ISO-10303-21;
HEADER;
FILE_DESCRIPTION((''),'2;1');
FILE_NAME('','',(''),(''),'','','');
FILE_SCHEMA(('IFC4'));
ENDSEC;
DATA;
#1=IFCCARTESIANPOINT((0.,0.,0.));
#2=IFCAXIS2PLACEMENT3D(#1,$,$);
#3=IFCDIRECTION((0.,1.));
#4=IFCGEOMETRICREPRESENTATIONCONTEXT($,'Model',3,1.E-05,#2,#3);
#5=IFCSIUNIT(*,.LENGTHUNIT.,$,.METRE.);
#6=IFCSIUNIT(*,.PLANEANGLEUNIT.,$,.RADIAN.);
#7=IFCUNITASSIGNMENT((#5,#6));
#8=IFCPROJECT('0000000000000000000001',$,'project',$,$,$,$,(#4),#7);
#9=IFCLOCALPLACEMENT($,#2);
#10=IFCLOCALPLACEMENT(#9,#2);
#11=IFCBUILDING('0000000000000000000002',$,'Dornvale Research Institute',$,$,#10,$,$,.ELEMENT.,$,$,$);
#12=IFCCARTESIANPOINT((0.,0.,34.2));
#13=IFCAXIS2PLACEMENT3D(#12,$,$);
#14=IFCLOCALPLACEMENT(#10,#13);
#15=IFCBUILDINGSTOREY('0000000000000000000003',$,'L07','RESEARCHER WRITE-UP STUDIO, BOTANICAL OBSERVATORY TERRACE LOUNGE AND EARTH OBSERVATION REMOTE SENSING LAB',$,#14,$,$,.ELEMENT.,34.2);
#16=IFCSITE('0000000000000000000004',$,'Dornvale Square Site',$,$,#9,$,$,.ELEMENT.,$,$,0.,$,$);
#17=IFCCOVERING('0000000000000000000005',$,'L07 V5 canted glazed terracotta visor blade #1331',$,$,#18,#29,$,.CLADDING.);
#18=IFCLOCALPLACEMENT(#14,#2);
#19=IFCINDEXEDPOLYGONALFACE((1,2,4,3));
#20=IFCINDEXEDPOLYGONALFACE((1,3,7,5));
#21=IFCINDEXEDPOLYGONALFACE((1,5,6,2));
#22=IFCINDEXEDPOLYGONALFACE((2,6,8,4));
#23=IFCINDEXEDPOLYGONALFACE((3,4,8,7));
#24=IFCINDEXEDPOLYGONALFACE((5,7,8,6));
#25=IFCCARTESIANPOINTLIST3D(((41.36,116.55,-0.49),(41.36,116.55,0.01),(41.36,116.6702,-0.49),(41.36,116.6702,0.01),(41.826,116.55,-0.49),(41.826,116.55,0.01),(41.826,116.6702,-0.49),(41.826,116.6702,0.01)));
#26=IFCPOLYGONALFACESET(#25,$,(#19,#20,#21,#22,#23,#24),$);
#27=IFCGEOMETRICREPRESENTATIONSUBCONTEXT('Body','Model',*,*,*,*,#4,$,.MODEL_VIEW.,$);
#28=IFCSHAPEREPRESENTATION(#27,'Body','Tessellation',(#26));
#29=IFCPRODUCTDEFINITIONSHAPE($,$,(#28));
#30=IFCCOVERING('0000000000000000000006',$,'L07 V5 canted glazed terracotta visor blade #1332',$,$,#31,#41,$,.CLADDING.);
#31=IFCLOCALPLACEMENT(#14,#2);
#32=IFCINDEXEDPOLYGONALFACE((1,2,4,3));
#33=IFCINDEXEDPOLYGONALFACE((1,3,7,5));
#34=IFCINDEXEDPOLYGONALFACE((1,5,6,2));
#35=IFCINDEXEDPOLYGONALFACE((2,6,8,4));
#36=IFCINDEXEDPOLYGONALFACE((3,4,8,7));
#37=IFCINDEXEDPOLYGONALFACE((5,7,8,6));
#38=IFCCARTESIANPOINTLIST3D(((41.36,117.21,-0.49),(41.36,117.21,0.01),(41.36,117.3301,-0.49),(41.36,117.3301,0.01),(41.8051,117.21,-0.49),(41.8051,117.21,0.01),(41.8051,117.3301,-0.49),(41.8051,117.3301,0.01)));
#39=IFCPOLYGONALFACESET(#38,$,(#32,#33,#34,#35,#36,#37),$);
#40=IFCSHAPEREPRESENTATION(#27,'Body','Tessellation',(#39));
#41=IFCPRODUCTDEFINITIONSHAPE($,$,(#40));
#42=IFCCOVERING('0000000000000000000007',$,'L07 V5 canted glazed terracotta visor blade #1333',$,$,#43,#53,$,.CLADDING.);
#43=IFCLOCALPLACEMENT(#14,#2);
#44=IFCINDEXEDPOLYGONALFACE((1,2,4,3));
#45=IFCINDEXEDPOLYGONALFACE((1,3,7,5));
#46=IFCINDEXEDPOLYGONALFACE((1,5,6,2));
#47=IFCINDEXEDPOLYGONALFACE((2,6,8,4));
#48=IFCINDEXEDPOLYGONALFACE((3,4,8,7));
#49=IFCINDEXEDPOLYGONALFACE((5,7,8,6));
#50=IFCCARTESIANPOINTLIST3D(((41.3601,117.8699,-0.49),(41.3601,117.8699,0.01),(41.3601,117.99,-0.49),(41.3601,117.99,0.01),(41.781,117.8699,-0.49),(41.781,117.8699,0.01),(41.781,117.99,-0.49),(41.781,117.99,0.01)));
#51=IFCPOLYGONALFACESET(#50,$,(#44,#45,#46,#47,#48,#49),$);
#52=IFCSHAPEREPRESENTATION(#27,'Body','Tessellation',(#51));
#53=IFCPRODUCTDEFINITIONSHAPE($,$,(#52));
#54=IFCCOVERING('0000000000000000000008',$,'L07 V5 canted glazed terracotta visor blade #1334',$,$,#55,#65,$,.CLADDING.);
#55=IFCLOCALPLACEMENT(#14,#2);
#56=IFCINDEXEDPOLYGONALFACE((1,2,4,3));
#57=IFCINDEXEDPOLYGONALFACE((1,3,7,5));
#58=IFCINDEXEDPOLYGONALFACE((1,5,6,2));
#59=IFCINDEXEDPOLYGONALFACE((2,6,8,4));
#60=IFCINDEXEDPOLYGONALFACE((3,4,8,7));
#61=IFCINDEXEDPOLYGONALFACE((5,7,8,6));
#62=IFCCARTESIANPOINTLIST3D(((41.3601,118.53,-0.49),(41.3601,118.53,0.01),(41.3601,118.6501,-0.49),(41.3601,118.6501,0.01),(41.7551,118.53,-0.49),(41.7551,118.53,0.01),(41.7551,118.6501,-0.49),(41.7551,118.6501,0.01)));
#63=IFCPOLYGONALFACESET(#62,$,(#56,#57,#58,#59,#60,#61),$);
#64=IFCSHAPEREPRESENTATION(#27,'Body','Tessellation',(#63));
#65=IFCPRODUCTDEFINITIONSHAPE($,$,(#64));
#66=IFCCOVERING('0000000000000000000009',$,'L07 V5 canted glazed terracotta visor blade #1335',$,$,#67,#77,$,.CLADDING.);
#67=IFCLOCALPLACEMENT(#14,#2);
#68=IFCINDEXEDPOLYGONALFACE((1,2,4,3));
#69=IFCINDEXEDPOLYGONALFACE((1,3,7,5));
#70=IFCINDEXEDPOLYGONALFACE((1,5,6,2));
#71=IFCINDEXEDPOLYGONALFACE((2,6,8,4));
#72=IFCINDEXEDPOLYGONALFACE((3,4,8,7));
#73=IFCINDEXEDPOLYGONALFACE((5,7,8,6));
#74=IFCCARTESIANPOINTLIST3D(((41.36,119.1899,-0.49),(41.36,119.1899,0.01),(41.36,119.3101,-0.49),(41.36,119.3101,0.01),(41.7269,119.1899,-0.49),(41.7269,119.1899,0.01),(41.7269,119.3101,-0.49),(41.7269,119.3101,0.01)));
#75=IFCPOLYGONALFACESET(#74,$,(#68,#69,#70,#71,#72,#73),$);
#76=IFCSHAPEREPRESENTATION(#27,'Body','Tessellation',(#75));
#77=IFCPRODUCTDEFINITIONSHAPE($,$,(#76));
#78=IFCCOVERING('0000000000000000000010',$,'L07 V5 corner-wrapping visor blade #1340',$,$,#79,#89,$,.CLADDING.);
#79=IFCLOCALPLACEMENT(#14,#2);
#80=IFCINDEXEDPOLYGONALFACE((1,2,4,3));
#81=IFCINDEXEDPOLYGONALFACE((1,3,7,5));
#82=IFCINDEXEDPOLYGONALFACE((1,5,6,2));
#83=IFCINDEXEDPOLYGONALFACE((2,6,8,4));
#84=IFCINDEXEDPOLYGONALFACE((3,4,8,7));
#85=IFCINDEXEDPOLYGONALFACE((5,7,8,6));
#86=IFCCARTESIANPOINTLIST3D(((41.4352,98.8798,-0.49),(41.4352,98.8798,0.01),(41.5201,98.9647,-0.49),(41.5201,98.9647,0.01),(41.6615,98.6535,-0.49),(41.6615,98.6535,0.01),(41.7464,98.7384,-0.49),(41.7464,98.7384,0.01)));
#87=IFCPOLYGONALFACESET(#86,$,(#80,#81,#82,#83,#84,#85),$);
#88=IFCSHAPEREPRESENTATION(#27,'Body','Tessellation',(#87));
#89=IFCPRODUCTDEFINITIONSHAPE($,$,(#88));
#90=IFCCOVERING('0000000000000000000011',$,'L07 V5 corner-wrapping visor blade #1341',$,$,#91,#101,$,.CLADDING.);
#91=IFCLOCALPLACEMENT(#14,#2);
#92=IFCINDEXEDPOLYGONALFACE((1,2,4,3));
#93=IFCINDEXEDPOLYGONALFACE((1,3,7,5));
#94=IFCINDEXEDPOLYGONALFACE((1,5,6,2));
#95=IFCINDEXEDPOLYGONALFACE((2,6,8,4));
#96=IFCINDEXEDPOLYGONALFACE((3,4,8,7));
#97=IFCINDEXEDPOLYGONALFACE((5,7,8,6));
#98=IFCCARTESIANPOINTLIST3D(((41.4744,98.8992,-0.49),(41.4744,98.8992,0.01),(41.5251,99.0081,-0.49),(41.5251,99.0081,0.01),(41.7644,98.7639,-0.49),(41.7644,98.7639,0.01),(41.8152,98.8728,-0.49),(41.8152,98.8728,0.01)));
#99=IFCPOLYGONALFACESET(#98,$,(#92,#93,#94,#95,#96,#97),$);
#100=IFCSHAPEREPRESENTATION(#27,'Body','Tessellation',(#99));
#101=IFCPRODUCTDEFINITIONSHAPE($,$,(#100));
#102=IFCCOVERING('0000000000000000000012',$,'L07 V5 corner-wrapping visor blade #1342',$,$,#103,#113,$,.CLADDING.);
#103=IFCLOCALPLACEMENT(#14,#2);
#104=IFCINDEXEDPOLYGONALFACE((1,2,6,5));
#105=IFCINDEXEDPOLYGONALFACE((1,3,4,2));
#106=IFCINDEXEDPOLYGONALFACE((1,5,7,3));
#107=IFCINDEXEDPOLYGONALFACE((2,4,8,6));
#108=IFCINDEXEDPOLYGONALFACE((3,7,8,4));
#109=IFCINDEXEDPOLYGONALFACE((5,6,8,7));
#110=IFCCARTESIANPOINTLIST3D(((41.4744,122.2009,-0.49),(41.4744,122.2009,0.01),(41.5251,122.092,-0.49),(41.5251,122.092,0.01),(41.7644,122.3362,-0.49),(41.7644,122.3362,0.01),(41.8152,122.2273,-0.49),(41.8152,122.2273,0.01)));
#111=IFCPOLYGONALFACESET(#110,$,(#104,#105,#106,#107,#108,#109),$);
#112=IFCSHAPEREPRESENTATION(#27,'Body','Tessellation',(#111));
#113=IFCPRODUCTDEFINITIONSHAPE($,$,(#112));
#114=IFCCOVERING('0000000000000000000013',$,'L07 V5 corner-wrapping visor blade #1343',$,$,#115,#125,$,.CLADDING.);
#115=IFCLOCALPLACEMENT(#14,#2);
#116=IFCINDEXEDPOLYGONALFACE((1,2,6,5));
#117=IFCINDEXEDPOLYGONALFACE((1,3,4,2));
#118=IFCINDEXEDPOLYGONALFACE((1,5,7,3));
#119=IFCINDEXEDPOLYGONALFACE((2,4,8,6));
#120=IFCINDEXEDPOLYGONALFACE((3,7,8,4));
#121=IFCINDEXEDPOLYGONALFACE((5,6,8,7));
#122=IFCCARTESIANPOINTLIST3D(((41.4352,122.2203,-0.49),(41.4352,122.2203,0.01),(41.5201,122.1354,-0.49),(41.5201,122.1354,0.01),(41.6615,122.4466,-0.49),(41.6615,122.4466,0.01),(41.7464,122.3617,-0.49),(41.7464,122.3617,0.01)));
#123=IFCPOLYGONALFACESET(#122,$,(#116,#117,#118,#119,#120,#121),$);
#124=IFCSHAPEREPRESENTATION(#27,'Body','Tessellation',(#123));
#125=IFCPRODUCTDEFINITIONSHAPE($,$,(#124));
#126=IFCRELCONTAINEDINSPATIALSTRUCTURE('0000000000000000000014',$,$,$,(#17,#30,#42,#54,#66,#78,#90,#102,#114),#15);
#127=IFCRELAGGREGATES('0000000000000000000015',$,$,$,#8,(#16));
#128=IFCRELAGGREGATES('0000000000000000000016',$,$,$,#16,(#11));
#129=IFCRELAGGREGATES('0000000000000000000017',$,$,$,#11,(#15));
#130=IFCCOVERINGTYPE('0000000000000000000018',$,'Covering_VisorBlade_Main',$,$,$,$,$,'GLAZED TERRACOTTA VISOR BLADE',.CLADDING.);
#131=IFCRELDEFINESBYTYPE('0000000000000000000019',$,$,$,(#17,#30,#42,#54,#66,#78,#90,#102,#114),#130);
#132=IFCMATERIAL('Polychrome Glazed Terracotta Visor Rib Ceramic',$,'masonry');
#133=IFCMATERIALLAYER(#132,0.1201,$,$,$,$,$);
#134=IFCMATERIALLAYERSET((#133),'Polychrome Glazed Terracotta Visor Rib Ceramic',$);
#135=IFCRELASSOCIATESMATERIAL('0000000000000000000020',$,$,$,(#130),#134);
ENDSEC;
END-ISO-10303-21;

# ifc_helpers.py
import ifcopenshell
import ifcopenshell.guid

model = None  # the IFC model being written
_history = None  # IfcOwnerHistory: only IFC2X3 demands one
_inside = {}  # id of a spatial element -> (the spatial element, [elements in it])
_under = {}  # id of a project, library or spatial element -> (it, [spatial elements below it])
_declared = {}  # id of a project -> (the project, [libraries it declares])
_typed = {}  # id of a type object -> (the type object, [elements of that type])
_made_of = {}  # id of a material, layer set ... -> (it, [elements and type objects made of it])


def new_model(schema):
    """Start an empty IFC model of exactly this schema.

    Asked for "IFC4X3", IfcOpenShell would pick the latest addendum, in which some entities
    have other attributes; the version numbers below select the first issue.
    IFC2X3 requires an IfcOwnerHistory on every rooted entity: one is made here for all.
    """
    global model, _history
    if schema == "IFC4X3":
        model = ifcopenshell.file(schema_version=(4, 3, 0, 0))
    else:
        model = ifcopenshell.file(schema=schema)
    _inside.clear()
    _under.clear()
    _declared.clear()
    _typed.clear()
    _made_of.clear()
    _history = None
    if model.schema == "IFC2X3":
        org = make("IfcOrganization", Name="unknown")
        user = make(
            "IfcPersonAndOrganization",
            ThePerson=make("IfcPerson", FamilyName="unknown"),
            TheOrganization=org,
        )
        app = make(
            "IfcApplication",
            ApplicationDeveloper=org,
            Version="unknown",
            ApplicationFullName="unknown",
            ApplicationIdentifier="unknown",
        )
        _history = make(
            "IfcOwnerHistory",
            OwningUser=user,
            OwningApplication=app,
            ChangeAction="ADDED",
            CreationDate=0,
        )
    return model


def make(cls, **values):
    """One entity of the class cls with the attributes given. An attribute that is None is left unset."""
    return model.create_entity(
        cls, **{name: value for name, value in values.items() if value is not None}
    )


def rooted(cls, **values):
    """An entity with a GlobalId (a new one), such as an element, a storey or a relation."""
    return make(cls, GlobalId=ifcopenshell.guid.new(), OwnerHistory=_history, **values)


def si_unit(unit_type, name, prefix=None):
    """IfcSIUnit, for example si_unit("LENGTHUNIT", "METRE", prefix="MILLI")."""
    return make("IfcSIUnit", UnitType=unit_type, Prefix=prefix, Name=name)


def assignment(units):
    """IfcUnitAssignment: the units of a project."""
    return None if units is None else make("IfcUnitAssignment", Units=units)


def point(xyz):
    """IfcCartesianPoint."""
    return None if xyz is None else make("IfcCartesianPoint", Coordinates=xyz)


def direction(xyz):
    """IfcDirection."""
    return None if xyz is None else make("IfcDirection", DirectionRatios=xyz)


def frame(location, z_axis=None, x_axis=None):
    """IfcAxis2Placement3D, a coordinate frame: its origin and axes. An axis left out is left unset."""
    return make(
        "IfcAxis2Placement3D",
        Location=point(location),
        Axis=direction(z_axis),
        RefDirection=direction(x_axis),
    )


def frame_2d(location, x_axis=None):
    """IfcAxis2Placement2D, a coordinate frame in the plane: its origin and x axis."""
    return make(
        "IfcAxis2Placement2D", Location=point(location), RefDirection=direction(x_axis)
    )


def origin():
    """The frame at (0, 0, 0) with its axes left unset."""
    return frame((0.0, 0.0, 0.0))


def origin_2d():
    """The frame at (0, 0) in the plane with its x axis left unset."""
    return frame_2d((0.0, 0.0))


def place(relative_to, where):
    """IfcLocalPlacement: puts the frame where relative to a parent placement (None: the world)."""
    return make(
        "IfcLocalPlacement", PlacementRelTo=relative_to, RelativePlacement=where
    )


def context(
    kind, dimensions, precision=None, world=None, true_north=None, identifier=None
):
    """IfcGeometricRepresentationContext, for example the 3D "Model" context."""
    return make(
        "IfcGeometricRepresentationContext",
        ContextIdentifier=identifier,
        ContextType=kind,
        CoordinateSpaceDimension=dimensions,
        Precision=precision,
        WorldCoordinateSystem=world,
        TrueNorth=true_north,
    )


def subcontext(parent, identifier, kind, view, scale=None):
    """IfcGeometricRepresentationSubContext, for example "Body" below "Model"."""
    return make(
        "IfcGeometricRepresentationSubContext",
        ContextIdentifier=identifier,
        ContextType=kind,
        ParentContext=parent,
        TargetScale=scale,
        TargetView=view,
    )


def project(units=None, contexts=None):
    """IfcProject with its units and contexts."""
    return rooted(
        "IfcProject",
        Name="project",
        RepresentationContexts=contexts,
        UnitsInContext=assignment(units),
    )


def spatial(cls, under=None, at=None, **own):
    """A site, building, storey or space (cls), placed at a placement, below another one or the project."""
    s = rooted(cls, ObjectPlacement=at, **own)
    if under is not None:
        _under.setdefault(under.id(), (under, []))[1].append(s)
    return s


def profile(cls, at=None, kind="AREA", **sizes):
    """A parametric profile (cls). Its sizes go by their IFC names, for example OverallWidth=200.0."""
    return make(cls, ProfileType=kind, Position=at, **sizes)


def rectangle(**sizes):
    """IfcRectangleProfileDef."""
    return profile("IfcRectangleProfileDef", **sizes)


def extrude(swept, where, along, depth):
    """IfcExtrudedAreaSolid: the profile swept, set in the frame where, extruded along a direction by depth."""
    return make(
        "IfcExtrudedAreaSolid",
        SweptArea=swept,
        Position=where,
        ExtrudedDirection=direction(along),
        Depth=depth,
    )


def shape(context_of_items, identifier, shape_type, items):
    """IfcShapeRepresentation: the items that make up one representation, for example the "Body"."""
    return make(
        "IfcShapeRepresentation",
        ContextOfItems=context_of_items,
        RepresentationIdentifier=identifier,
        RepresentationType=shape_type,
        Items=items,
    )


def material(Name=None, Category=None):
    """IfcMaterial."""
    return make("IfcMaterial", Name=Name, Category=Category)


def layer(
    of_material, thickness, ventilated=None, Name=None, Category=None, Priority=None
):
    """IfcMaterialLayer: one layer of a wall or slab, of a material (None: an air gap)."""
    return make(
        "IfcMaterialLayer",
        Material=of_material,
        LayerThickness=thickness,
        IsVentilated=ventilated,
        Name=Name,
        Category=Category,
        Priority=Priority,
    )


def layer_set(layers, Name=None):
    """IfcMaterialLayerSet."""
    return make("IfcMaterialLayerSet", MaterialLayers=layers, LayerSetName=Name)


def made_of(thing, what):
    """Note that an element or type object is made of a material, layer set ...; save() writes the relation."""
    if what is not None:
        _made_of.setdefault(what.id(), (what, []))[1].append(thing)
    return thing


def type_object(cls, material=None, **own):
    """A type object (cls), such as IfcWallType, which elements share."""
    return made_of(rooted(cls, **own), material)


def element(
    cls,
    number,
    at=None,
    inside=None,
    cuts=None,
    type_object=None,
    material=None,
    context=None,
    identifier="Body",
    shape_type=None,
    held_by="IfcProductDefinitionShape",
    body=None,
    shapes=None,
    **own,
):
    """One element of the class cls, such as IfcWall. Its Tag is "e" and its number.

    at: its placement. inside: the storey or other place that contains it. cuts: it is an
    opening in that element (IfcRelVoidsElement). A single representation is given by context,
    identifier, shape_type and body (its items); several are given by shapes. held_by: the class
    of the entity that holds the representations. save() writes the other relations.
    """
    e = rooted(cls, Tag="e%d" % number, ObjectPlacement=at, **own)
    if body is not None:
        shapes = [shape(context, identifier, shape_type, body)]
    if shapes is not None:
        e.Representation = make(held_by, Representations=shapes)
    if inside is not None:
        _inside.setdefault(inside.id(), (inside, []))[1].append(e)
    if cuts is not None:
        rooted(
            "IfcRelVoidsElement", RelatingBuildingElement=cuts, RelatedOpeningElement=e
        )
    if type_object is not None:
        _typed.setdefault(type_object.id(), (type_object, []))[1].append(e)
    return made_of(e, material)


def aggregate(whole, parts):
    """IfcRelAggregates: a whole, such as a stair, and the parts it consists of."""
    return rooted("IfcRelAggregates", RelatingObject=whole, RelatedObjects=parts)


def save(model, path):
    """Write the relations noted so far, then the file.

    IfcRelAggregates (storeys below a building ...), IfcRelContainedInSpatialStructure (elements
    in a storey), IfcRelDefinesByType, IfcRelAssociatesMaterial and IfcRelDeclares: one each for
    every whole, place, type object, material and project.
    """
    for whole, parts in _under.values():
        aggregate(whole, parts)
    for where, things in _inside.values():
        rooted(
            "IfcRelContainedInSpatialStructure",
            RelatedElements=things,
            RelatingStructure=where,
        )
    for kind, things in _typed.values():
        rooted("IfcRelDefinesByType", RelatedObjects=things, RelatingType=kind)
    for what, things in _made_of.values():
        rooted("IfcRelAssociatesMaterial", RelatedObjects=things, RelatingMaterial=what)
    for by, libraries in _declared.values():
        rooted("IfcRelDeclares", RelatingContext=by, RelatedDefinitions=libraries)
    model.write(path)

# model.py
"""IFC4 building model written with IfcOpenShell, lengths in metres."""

from ifc_helpers import new_model, si_unit, direction, frame, origin, origin_2d, place, context, subcontext, project, spatial, rectangle, extrude, material, layer, layer_set, type_object, element, save


model = new_model("IFC4")

# Units and contexts
model_context = context("Model", 3, precision=1e-05, world=origin(), true_north=direction((0.0, 1.0)))
body_context = subcontext(model_context, "Body", "Model", "MODEL_VIEW")
ifc_project = project(units=[si_unit("LENGTHUNIT", "METRE"), si_unit("PLANEANGLEUNIT", "RADIAN")], contexts=[model_context])

# Site, building, storey
site_placement = place(None, origin())
site = spatial("IfcSite", under=ifc_project, at=site_placement, Name="Dornvale Square Site", CompositionType="ELEMENT", RefElevation=0.0)
building_placement = place(site_placement, origin())
building = spatial("IfcBuilding", under=site, at=building_placement, Name="Dornvale Research Institute", CompositionType="ELEMENT")
storey_placement = place(building_placement, frame((0.0, 0.0, 34.2)))
storey = spatial("IfcBuildingStorey", under=building, at=storey_placement, Name="L07", Description="RESEARCHER WRITE-UP STUDIO, BOTANICAL OBSERVATORY TERRACE LOUNGE AND EARTH OBSERVATION REMOTE SENSING LAB", CompositionType="ELEMENT", Elevation=34.2)

# Coverings
ifc_material_1 = material(Name="Polychrome Glazed Terracotta Visor Rib Ceramic", Category="masonry")
ifc_layer = layer(ifc_material_1, 0.1201)
ifc_layer_set = layer_set([ifc_layer], Name="Polychrome Glazed Terracotta Visor Rib Ceramic")
covering_type = type_object("IfcCoveringType", Name="Covering_VisorBlade_Main", ElementType="GLAZED TERRACOTTA VISOR BLADE", PredefinedType="CLADDING", material=ifc_layer_set)
covering_1_placement = place(storey_placement, frame((41.593, 116.6101, -0.49), z_axis=(0.0, 0.0, 1.0), x_axis=(1.0, 0.0, 0.0)))
element("IfcCovering", 1, at=covering_1_placement, inside=storey, type_object=covering_type, Name="L07 V5 canted glazed terracotta visor blade #1331", PredefinedType="CLADDING", context=body_context, shape_type="SweptSolid", body=[
    extrude(rectangle(XDim=0.4661, YDim=0.1201, at=origin_2d()), origin(), (0.0, 0.0, 1.0), 0.5),
])
covering_2_placement = place(storey_placement, frame((41.5825, 117.27, -0.49), z_axis=(0.0, 0.0, 1.0), x_axis=(1.0, 0.0, 0.0)))
element("IfcCovering", 2, at=covering_2_placement, inside=storey, type_object=covering_type, Name="L07 V5 canted glazed terracotta visor blade #1332", PredefinedType="CLADDING", context=body_context, shape_type="SweptSolid", body=[
    extrude(rectangle(XDim=0.4451, YDim=0.1201, at=origin_2d()), origin(), (0.0, 0.0, 1.0), 0.5),
])
covering_3_placement = place(storey_placement, frame((41.5706, 117.9299, -0.49), z_axis=(0.0, 0.0, 1.0), x_axis=(1.0, 0.0, 0.0)))
element("IfcCovering", 3, at=covering_3_placement, inside=storey, type_object=covering_type, Name="L07 V5 canted glazed terracotta visor blade #1333", PredefinedType="CLADDING", context=body_context, shape_type="SweptSolid", body=[
    extrude(rectangle(XDim=0.4209, YDim=0.1201, at=origin_2d()), origin(), (0.0, 0.0, 1.0), 0.5),
])
covering_4_placement = place(storey_placement, frame((41.5576, 118.5901, -0.49), z_axis=(0.0, 0.0, 1.0), x_axis=(1.0, 0.0, 0.0)))
element("IfcCovering", 4, at=covering_4_placement, inside=storey, type_object=covering_type, Name="L07 V5 canted glazed terracotta visor blade #1334", PredefinedType="CLADDING", context=body_context, shape_type="SweptSolid", body=[
    extrude(rectangle(XDim=0.395, YDim=0.1201, at=origin_2d()), origin(), (0.0, 0.0, 1.0), 0.5),
])
covering_5_placement = place(storey_placement, frame((41.5435, 119.25, -0.49), z_axis=(0.0, 0.0, 1.0), x_axis=(1.0, 0.0, 0.0)))
element("IfcCovering", 5, at=covering_5_placement, inside=storey, type_object=covering_type, Name="L07 V5 canted glazed terracotta visor blade #1335", PredefinedType="CLADDING", context=body_context, shape_type="SweptSolid", body=[
    extrude(rectangle(XDim=0.3669, YDim=0.1201, at=origin_2d()), origin(), (0.0, 0.0, 1.0), 0.5),
])
for number, where, z_axis, x_axis, name in (
    (6, (41.5908, 98.8091, -0.49), (0.0, 0.0, 1.0), (0.707107, -0.707107, 0.0), "L07 V5 corner-wrapping visor blade #1340"),
    (7, (41.6448, 98.886, -0.49), (0.0, 0.0, 1.0), (0.906308, -0.422618, 0.0), "L07 V5 corner-wrapping visor blade #1341"),
    (8, (41.6448, 122.2141, -0.49), (0.0, 0.0, 1.0), (0.906308, 0.422618, 0.0), "L07 V5 corner-wrapping visor blade #1342"),
    (9, (41.5908, 122.291, -0.49), (0.0, 0.0, 1.0), (0.707107, 0.707107, 0.0), "L07 V5 corner-wrapping visor blade #1343"),
):
    element("IfcCovering", number, at=place(storey_placement, frame(where, z_axis=z_axis, x_axis=x_axis)), inside=storey, type_object=covering_type, Name=name, PredefinedType="CLADDING", context=body_context, shape_type="SweptSolid", body=[
        extrude(rectangle(XDim=0.3201, YDim=0.1201, at=origin_2d()), origin(), (0.0, 0.0, 1.0), 0.5),
    ])

save(model, "model.ifc")
